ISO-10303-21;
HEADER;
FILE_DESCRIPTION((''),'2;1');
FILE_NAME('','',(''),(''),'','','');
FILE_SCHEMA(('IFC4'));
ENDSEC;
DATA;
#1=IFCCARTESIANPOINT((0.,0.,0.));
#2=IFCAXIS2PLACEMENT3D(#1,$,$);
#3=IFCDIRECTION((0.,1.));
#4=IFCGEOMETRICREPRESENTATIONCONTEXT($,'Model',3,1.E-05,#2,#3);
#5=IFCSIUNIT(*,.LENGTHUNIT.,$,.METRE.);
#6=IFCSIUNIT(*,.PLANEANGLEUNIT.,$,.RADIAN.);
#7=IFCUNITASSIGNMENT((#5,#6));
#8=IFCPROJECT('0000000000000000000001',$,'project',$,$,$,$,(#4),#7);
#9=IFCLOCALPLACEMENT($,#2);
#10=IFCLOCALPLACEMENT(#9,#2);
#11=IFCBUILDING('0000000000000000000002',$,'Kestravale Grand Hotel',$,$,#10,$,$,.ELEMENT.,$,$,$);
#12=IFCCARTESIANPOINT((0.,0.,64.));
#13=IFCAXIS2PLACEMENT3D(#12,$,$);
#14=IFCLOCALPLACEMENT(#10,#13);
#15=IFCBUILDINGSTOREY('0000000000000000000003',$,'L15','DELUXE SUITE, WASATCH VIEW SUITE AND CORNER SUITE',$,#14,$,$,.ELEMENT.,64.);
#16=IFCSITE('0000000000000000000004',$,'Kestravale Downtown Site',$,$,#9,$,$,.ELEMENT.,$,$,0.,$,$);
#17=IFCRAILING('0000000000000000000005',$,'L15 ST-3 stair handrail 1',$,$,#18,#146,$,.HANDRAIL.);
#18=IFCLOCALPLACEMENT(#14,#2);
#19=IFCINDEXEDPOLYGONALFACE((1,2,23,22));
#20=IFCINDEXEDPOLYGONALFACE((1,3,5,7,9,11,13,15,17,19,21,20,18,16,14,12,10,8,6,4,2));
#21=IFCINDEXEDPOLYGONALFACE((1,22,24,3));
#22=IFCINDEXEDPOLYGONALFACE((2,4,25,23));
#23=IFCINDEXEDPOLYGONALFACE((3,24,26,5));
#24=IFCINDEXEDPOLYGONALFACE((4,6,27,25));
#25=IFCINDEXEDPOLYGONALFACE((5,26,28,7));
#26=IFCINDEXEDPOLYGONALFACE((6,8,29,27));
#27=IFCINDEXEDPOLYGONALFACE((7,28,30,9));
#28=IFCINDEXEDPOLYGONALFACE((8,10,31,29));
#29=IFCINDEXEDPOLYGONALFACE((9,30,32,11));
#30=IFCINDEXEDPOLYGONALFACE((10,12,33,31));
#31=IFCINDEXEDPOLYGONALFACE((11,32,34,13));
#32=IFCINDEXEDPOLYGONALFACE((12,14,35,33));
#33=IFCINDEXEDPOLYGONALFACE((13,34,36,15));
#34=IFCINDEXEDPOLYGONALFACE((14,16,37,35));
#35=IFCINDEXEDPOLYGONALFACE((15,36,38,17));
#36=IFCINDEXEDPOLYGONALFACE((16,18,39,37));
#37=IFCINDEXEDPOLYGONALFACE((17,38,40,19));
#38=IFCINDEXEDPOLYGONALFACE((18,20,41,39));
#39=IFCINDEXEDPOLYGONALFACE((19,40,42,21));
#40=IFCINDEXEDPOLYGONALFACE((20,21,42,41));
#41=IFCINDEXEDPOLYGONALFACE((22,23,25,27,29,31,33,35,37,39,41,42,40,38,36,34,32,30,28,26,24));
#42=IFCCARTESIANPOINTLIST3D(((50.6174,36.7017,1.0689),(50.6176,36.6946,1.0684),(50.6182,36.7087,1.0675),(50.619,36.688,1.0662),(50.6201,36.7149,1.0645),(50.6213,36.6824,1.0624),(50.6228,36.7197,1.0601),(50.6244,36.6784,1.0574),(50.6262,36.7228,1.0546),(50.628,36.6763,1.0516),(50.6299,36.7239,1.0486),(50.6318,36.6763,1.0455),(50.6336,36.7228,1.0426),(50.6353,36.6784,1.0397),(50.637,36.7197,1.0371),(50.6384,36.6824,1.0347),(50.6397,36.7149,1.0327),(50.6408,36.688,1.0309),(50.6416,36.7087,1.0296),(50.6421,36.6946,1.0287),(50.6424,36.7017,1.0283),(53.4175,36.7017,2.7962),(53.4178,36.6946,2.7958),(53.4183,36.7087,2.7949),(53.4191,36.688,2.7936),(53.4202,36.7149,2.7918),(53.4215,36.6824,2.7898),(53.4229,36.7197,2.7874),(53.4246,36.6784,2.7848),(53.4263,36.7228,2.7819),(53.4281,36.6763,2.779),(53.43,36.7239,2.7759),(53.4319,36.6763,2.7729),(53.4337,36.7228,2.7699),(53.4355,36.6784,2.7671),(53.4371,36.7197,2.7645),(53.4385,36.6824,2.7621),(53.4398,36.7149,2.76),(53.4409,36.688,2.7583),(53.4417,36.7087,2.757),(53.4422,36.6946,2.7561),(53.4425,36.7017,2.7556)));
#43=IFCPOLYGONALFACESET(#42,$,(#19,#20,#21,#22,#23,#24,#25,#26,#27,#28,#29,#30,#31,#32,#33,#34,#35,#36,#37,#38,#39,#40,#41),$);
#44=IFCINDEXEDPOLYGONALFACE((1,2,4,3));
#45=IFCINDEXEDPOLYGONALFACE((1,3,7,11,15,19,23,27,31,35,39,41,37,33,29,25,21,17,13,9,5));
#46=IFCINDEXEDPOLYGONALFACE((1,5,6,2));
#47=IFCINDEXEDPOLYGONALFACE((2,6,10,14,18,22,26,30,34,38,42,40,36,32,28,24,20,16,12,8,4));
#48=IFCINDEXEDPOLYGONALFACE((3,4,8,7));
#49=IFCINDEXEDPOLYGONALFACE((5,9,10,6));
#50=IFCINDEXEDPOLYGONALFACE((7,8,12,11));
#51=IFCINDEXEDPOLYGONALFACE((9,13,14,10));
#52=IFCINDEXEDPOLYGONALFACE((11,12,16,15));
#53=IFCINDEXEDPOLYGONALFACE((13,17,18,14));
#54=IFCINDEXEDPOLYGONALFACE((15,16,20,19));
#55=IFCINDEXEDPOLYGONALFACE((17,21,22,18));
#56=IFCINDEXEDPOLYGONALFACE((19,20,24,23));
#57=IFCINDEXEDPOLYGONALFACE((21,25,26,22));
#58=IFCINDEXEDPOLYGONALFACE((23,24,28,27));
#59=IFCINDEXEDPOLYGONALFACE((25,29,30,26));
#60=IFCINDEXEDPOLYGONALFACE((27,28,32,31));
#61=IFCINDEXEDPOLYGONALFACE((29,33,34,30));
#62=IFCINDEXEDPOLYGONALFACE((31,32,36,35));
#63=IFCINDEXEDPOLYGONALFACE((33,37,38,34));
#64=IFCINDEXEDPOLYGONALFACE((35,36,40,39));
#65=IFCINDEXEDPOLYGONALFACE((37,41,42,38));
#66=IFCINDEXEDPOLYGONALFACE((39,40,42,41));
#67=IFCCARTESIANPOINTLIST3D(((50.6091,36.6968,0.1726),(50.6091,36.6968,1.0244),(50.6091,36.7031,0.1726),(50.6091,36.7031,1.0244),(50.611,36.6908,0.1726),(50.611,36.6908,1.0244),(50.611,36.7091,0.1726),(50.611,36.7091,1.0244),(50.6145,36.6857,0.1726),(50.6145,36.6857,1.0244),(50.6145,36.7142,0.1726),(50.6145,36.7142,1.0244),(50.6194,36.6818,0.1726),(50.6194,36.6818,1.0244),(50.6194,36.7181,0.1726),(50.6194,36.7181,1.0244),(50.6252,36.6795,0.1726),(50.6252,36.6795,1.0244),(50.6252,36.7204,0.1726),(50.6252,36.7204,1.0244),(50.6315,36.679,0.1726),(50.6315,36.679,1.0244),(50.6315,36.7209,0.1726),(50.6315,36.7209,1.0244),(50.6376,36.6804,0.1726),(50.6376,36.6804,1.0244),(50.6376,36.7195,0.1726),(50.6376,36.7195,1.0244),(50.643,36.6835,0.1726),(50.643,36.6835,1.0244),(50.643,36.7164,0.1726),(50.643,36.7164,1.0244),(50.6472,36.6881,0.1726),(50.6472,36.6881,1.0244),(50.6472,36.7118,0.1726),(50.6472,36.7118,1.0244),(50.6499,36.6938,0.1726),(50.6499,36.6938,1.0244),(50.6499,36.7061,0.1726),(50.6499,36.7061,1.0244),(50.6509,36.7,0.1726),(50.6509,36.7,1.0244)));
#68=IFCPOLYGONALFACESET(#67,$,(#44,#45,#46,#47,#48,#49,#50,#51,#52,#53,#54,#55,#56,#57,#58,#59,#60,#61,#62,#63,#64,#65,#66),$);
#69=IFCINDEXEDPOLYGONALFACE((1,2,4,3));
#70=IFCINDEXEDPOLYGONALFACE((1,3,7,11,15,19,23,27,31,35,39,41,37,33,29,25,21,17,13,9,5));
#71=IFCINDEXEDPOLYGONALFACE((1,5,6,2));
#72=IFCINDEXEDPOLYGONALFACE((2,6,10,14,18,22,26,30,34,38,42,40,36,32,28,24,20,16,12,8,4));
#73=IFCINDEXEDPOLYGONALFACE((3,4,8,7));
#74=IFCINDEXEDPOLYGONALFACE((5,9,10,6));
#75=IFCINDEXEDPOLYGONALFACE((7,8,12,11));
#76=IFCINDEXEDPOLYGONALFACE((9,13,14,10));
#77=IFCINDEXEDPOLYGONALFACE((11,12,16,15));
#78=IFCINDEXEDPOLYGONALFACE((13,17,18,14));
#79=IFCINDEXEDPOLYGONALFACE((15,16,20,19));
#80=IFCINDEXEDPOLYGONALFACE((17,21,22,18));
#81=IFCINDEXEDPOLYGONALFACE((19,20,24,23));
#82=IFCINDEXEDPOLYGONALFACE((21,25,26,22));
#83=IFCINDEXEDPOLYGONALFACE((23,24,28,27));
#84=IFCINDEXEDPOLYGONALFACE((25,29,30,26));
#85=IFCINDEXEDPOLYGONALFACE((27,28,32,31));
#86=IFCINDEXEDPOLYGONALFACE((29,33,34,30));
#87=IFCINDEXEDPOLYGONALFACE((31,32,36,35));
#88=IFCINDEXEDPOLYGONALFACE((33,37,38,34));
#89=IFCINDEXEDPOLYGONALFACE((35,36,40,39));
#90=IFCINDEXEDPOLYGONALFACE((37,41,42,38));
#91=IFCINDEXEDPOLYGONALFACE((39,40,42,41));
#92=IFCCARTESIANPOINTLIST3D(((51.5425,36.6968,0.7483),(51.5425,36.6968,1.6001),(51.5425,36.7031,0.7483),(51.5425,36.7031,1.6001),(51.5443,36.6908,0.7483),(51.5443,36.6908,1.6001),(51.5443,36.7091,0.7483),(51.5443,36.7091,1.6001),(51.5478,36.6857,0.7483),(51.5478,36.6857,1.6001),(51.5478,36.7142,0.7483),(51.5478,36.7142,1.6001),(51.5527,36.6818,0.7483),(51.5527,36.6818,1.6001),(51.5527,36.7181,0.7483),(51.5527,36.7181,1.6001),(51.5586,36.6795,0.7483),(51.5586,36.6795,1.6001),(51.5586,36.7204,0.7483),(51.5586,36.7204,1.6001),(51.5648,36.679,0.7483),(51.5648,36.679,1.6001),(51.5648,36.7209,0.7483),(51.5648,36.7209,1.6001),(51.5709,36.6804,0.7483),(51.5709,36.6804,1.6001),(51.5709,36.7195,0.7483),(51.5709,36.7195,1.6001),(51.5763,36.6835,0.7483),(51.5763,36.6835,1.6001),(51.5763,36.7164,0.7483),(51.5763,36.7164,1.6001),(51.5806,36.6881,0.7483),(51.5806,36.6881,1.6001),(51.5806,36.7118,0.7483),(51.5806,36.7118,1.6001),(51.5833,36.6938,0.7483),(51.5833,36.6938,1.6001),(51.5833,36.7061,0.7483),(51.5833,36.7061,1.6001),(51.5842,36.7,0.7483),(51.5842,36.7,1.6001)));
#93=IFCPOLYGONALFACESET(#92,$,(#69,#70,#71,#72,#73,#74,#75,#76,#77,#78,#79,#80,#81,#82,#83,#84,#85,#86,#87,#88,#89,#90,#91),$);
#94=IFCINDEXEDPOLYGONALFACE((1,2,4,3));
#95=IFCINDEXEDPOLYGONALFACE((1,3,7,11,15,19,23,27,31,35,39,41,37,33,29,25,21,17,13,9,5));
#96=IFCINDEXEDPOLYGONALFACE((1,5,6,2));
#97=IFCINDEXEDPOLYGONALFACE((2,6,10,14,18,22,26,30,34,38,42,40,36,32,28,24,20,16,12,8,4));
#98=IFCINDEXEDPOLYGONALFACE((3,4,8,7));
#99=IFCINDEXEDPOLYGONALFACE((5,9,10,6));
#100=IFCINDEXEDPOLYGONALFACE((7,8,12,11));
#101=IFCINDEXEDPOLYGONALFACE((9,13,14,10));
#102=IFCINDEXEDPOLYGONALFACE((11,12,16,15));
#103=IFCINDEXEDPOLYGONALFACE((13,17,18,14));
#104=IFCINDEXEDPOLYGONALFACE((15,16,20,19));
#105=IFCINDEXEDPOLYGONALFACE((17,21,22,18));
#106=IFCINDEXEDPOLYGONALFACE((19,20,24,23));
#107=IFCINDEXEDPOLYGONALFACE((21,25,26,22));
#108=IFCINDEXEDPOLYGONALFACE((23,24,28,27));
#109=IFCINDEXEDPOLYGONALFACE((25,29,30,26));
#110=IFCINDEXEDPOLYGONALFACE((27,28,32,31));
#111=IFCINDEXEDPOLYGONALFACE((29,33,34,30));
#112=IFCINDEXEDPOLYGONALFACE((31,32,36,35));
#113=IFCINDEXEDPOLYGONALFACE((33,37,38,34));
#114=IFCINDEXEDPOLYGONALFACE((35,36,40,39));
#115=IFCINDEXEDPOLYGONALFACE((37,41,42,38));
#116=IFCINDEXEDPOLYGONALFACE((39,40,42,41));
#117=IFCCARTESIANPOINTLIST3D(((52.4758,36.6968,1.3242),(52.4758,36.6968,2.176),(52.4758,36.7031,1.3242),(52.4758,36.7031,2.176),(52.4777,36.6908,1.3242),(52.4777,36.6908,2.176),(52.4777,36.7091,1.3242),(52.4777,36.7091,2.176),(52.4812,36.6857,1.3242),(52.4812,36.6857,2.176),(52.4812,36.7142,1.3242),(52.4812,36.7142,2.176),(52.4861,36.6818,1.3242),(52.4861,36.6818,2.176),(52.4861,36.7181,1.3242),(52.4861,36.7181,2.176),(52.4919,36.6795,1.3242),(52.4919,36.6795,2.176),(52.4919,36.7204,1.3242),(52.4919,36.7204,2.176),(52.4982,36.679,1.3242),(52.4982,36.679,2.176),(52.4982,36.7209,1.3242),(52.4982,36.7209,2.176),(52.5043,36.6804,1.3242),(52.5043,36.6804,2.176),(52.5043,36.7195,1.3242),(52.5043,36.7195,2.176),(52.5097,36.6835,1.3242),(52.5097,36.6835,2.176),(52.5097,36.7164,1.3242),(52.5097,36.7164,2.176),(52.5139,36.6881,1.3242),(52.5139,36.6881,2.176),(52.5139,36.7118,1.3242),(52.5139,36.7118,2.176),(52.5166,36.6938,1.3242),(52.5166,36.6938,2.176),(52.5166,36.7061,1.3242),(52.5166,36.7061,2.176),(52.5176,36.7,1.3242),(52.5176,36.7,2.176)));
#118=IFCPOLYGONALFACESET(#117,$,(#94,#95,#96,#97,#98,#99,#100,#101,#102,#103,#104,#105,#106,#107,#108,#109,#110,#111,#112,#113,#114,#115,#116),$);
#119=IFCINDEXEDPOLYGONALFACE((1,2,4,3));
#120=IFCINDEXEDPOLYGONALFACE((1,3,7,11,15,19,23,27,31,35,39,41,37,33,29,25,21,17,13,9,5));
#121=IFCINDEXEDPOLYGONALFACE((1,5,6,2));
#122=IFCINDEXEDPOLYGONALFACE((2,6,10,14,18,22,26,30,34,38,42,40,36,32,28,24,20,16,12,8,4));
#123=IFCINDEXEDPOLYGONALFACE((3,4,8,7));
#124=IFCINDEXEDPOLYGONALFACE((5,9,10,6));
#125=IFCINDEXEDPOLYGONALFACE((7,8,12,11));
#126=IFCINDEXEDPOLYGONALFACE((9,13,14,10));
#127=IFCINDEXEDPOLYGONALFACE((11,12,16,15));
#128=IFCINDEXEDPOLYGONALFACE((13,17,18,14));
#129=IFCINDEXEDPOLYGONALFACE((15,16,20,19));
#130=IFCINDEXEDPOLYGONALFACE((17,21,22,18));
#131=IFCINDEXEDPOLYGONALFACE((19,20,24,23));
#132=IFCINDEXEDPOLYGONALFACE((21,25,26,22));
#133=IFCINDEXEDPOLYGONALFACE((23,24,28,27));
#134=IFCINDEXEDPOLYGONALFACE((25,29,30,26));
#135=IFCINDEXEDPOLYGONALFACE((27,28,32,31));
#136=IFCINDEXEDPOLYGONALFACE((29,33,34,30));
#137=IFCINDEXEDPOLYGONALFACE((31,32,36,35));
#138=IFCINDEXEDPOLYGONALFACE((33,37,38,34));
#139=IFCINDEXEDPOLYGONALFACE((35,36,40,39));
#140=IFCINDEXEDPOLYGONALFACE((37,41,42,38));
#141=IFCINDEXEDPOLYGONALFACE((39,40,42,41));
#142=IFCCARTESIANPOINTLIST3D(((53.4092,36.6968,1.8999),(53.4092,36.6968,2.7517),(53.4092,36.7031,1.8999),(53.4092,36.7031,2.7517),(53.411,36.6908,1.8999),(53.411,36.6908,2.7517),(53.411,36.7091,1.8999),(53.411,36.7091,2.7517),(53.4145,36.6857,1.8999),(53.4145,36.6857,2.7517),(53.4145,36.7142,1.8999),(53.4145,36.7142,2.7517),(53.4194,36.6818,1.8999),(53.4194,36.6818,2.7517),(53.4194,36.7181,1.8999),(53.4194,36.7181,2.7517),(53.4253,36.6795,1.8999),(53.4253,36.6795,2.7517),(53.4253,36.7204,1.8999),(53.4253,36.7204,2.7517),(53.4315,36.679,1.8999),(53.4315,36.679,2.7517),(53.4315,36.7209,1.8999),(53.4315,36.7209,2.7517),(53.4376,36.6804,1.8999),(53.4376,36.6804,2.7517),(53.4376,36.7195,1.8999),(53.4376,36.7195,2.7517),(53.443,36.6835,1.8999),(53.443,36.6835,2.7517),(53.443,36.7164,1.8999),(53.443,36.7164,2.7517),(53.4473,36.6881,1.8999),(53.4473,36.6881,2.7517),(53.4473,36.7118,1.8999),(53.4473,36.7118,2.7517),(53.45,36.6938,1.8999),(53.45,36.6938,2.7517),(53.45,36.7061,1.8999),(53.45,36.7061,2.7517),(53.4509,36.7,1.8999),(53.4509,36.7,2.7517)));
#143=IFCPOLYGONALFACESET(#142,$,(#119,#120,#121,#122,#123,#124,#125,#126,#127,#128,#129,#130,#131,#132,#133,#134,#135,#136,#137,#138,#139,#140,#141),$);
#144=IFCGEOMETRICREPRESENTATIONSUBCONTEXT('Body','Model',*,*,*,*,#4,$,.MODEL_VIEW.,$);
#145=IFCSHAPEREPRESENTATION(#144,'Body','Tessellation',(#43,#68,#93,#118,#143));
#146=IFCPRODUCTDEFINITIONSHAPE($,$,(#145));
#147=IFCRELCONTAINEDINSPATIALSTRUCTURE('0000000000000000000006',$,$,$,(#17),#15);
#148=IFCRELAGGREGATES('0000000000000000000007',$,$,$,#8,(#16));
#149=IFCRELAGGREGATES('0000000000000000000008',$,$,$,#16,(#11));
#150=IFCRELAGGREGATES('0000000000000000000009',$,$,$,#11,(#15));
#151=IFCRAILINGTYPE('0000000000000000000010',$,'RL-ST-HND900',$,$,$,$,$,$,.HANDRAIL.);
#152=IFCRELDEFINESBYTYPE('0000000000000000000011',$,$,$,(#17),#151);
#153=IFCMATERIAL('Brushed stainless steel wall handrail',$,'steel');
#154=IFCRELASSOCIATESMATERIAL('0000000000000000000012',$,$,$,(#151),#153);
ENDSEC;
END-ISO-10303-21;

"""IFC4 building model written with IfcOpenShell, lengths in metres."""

from ifc_helpers import new_model, si_unit, direction, frame, origin, origin_2d, place, context, subcontext, project, spatial, circle, extrude, material, type_object, element, save


model = new_model("IFC4")

# Units and contexts
model_context = context("Model", 3, precision=1e-05, world=origin(), true_north=direction((0.0, 1.0)))
body_context = subcontext(model_context, "Body", "Model", "MODEL_VIEW")
ifc_project = project(units=[si_unit("LENGTHUNIT", "METRE"), si_unit("PLANEANGLEUNIT", "RADIAN")], contexts=[model_context])

# Site, building, storey
site_placement = place(None, origin())
site = spatial("IfcSite", under=ifc_project, at=site_placement, Name="Kestravale Downtown Site", CompositionType="ELEMENT", RefElevation=0.0)
building_placement = place(site_placement, origin())
building = spatial("IfcBuilding", under=site, at=building_placement, Name="Kestravale Grand Hotel", CompositionType="ELEMENT")
storey_placement = place(building_placement, frame((0.0, 0.0, 64.0)))
storey = spatial("IfcBuildingStorey", under=building, at=storey_placement, Name="L15", Description="DELUXE SUITE, WASATCH VIEW SUITE AND CORNER SUITE", CompositionType="ELEMENT", Elevation=64.0)

# Railing
ifc_material_1 = material(Name="Brushed stainless steel wall handrail", Category="steel")
railing_type_1 = type_object("IfcRailingType", Name="RL-ST-HND900", PredefinedType="HANDRAIL", material=ifc_material_1)
railing_1_placement = place(storey_placement, frame((50.6299, 36.7, 0.1726)))
element("IfcRailing", 1, at=railing_1_placement, inside=storey, type_object=railing_type_1, Name="L15 ST-3 stair handrail 1", PredefinedType="HANDRAIL", context=body_context, shape_type="SweptSolid", body=[
    extrude(circle(Radius=0.0239, at=origin_2d()), frame((0.0, 0.0, 0.876), z_axis=(0.85109, 0.0, 0.52502), x_axis=(0.0, 1.0, 0.0)), (0.0, 0.0, 1.0), 3.29),
    extrude(circle(Radius=0.021, at=origin_2d()), origin(), (0.0, 0.0, 1.0), 0.8518),
    extrude(circle(Radius=0.021, at=origin_2d()), frame((0.9333, 0.0, 0.5757)), (0.0, 0.0, 1.0), 0.8518),
    extrude(circle(Radius=0.021, at=origin_2d()), frame((1.8667, 0.0, 1.1516)), (0.0, 0.0, 1.0), 0.8518),
    extrude(circle(Radius=0.021, at=origin_2d()), frame((2.8, 0.0, 1.7273)), (0.0, 0.0, 1.0), 0.8518),
])

save(model, "model.ifc")
